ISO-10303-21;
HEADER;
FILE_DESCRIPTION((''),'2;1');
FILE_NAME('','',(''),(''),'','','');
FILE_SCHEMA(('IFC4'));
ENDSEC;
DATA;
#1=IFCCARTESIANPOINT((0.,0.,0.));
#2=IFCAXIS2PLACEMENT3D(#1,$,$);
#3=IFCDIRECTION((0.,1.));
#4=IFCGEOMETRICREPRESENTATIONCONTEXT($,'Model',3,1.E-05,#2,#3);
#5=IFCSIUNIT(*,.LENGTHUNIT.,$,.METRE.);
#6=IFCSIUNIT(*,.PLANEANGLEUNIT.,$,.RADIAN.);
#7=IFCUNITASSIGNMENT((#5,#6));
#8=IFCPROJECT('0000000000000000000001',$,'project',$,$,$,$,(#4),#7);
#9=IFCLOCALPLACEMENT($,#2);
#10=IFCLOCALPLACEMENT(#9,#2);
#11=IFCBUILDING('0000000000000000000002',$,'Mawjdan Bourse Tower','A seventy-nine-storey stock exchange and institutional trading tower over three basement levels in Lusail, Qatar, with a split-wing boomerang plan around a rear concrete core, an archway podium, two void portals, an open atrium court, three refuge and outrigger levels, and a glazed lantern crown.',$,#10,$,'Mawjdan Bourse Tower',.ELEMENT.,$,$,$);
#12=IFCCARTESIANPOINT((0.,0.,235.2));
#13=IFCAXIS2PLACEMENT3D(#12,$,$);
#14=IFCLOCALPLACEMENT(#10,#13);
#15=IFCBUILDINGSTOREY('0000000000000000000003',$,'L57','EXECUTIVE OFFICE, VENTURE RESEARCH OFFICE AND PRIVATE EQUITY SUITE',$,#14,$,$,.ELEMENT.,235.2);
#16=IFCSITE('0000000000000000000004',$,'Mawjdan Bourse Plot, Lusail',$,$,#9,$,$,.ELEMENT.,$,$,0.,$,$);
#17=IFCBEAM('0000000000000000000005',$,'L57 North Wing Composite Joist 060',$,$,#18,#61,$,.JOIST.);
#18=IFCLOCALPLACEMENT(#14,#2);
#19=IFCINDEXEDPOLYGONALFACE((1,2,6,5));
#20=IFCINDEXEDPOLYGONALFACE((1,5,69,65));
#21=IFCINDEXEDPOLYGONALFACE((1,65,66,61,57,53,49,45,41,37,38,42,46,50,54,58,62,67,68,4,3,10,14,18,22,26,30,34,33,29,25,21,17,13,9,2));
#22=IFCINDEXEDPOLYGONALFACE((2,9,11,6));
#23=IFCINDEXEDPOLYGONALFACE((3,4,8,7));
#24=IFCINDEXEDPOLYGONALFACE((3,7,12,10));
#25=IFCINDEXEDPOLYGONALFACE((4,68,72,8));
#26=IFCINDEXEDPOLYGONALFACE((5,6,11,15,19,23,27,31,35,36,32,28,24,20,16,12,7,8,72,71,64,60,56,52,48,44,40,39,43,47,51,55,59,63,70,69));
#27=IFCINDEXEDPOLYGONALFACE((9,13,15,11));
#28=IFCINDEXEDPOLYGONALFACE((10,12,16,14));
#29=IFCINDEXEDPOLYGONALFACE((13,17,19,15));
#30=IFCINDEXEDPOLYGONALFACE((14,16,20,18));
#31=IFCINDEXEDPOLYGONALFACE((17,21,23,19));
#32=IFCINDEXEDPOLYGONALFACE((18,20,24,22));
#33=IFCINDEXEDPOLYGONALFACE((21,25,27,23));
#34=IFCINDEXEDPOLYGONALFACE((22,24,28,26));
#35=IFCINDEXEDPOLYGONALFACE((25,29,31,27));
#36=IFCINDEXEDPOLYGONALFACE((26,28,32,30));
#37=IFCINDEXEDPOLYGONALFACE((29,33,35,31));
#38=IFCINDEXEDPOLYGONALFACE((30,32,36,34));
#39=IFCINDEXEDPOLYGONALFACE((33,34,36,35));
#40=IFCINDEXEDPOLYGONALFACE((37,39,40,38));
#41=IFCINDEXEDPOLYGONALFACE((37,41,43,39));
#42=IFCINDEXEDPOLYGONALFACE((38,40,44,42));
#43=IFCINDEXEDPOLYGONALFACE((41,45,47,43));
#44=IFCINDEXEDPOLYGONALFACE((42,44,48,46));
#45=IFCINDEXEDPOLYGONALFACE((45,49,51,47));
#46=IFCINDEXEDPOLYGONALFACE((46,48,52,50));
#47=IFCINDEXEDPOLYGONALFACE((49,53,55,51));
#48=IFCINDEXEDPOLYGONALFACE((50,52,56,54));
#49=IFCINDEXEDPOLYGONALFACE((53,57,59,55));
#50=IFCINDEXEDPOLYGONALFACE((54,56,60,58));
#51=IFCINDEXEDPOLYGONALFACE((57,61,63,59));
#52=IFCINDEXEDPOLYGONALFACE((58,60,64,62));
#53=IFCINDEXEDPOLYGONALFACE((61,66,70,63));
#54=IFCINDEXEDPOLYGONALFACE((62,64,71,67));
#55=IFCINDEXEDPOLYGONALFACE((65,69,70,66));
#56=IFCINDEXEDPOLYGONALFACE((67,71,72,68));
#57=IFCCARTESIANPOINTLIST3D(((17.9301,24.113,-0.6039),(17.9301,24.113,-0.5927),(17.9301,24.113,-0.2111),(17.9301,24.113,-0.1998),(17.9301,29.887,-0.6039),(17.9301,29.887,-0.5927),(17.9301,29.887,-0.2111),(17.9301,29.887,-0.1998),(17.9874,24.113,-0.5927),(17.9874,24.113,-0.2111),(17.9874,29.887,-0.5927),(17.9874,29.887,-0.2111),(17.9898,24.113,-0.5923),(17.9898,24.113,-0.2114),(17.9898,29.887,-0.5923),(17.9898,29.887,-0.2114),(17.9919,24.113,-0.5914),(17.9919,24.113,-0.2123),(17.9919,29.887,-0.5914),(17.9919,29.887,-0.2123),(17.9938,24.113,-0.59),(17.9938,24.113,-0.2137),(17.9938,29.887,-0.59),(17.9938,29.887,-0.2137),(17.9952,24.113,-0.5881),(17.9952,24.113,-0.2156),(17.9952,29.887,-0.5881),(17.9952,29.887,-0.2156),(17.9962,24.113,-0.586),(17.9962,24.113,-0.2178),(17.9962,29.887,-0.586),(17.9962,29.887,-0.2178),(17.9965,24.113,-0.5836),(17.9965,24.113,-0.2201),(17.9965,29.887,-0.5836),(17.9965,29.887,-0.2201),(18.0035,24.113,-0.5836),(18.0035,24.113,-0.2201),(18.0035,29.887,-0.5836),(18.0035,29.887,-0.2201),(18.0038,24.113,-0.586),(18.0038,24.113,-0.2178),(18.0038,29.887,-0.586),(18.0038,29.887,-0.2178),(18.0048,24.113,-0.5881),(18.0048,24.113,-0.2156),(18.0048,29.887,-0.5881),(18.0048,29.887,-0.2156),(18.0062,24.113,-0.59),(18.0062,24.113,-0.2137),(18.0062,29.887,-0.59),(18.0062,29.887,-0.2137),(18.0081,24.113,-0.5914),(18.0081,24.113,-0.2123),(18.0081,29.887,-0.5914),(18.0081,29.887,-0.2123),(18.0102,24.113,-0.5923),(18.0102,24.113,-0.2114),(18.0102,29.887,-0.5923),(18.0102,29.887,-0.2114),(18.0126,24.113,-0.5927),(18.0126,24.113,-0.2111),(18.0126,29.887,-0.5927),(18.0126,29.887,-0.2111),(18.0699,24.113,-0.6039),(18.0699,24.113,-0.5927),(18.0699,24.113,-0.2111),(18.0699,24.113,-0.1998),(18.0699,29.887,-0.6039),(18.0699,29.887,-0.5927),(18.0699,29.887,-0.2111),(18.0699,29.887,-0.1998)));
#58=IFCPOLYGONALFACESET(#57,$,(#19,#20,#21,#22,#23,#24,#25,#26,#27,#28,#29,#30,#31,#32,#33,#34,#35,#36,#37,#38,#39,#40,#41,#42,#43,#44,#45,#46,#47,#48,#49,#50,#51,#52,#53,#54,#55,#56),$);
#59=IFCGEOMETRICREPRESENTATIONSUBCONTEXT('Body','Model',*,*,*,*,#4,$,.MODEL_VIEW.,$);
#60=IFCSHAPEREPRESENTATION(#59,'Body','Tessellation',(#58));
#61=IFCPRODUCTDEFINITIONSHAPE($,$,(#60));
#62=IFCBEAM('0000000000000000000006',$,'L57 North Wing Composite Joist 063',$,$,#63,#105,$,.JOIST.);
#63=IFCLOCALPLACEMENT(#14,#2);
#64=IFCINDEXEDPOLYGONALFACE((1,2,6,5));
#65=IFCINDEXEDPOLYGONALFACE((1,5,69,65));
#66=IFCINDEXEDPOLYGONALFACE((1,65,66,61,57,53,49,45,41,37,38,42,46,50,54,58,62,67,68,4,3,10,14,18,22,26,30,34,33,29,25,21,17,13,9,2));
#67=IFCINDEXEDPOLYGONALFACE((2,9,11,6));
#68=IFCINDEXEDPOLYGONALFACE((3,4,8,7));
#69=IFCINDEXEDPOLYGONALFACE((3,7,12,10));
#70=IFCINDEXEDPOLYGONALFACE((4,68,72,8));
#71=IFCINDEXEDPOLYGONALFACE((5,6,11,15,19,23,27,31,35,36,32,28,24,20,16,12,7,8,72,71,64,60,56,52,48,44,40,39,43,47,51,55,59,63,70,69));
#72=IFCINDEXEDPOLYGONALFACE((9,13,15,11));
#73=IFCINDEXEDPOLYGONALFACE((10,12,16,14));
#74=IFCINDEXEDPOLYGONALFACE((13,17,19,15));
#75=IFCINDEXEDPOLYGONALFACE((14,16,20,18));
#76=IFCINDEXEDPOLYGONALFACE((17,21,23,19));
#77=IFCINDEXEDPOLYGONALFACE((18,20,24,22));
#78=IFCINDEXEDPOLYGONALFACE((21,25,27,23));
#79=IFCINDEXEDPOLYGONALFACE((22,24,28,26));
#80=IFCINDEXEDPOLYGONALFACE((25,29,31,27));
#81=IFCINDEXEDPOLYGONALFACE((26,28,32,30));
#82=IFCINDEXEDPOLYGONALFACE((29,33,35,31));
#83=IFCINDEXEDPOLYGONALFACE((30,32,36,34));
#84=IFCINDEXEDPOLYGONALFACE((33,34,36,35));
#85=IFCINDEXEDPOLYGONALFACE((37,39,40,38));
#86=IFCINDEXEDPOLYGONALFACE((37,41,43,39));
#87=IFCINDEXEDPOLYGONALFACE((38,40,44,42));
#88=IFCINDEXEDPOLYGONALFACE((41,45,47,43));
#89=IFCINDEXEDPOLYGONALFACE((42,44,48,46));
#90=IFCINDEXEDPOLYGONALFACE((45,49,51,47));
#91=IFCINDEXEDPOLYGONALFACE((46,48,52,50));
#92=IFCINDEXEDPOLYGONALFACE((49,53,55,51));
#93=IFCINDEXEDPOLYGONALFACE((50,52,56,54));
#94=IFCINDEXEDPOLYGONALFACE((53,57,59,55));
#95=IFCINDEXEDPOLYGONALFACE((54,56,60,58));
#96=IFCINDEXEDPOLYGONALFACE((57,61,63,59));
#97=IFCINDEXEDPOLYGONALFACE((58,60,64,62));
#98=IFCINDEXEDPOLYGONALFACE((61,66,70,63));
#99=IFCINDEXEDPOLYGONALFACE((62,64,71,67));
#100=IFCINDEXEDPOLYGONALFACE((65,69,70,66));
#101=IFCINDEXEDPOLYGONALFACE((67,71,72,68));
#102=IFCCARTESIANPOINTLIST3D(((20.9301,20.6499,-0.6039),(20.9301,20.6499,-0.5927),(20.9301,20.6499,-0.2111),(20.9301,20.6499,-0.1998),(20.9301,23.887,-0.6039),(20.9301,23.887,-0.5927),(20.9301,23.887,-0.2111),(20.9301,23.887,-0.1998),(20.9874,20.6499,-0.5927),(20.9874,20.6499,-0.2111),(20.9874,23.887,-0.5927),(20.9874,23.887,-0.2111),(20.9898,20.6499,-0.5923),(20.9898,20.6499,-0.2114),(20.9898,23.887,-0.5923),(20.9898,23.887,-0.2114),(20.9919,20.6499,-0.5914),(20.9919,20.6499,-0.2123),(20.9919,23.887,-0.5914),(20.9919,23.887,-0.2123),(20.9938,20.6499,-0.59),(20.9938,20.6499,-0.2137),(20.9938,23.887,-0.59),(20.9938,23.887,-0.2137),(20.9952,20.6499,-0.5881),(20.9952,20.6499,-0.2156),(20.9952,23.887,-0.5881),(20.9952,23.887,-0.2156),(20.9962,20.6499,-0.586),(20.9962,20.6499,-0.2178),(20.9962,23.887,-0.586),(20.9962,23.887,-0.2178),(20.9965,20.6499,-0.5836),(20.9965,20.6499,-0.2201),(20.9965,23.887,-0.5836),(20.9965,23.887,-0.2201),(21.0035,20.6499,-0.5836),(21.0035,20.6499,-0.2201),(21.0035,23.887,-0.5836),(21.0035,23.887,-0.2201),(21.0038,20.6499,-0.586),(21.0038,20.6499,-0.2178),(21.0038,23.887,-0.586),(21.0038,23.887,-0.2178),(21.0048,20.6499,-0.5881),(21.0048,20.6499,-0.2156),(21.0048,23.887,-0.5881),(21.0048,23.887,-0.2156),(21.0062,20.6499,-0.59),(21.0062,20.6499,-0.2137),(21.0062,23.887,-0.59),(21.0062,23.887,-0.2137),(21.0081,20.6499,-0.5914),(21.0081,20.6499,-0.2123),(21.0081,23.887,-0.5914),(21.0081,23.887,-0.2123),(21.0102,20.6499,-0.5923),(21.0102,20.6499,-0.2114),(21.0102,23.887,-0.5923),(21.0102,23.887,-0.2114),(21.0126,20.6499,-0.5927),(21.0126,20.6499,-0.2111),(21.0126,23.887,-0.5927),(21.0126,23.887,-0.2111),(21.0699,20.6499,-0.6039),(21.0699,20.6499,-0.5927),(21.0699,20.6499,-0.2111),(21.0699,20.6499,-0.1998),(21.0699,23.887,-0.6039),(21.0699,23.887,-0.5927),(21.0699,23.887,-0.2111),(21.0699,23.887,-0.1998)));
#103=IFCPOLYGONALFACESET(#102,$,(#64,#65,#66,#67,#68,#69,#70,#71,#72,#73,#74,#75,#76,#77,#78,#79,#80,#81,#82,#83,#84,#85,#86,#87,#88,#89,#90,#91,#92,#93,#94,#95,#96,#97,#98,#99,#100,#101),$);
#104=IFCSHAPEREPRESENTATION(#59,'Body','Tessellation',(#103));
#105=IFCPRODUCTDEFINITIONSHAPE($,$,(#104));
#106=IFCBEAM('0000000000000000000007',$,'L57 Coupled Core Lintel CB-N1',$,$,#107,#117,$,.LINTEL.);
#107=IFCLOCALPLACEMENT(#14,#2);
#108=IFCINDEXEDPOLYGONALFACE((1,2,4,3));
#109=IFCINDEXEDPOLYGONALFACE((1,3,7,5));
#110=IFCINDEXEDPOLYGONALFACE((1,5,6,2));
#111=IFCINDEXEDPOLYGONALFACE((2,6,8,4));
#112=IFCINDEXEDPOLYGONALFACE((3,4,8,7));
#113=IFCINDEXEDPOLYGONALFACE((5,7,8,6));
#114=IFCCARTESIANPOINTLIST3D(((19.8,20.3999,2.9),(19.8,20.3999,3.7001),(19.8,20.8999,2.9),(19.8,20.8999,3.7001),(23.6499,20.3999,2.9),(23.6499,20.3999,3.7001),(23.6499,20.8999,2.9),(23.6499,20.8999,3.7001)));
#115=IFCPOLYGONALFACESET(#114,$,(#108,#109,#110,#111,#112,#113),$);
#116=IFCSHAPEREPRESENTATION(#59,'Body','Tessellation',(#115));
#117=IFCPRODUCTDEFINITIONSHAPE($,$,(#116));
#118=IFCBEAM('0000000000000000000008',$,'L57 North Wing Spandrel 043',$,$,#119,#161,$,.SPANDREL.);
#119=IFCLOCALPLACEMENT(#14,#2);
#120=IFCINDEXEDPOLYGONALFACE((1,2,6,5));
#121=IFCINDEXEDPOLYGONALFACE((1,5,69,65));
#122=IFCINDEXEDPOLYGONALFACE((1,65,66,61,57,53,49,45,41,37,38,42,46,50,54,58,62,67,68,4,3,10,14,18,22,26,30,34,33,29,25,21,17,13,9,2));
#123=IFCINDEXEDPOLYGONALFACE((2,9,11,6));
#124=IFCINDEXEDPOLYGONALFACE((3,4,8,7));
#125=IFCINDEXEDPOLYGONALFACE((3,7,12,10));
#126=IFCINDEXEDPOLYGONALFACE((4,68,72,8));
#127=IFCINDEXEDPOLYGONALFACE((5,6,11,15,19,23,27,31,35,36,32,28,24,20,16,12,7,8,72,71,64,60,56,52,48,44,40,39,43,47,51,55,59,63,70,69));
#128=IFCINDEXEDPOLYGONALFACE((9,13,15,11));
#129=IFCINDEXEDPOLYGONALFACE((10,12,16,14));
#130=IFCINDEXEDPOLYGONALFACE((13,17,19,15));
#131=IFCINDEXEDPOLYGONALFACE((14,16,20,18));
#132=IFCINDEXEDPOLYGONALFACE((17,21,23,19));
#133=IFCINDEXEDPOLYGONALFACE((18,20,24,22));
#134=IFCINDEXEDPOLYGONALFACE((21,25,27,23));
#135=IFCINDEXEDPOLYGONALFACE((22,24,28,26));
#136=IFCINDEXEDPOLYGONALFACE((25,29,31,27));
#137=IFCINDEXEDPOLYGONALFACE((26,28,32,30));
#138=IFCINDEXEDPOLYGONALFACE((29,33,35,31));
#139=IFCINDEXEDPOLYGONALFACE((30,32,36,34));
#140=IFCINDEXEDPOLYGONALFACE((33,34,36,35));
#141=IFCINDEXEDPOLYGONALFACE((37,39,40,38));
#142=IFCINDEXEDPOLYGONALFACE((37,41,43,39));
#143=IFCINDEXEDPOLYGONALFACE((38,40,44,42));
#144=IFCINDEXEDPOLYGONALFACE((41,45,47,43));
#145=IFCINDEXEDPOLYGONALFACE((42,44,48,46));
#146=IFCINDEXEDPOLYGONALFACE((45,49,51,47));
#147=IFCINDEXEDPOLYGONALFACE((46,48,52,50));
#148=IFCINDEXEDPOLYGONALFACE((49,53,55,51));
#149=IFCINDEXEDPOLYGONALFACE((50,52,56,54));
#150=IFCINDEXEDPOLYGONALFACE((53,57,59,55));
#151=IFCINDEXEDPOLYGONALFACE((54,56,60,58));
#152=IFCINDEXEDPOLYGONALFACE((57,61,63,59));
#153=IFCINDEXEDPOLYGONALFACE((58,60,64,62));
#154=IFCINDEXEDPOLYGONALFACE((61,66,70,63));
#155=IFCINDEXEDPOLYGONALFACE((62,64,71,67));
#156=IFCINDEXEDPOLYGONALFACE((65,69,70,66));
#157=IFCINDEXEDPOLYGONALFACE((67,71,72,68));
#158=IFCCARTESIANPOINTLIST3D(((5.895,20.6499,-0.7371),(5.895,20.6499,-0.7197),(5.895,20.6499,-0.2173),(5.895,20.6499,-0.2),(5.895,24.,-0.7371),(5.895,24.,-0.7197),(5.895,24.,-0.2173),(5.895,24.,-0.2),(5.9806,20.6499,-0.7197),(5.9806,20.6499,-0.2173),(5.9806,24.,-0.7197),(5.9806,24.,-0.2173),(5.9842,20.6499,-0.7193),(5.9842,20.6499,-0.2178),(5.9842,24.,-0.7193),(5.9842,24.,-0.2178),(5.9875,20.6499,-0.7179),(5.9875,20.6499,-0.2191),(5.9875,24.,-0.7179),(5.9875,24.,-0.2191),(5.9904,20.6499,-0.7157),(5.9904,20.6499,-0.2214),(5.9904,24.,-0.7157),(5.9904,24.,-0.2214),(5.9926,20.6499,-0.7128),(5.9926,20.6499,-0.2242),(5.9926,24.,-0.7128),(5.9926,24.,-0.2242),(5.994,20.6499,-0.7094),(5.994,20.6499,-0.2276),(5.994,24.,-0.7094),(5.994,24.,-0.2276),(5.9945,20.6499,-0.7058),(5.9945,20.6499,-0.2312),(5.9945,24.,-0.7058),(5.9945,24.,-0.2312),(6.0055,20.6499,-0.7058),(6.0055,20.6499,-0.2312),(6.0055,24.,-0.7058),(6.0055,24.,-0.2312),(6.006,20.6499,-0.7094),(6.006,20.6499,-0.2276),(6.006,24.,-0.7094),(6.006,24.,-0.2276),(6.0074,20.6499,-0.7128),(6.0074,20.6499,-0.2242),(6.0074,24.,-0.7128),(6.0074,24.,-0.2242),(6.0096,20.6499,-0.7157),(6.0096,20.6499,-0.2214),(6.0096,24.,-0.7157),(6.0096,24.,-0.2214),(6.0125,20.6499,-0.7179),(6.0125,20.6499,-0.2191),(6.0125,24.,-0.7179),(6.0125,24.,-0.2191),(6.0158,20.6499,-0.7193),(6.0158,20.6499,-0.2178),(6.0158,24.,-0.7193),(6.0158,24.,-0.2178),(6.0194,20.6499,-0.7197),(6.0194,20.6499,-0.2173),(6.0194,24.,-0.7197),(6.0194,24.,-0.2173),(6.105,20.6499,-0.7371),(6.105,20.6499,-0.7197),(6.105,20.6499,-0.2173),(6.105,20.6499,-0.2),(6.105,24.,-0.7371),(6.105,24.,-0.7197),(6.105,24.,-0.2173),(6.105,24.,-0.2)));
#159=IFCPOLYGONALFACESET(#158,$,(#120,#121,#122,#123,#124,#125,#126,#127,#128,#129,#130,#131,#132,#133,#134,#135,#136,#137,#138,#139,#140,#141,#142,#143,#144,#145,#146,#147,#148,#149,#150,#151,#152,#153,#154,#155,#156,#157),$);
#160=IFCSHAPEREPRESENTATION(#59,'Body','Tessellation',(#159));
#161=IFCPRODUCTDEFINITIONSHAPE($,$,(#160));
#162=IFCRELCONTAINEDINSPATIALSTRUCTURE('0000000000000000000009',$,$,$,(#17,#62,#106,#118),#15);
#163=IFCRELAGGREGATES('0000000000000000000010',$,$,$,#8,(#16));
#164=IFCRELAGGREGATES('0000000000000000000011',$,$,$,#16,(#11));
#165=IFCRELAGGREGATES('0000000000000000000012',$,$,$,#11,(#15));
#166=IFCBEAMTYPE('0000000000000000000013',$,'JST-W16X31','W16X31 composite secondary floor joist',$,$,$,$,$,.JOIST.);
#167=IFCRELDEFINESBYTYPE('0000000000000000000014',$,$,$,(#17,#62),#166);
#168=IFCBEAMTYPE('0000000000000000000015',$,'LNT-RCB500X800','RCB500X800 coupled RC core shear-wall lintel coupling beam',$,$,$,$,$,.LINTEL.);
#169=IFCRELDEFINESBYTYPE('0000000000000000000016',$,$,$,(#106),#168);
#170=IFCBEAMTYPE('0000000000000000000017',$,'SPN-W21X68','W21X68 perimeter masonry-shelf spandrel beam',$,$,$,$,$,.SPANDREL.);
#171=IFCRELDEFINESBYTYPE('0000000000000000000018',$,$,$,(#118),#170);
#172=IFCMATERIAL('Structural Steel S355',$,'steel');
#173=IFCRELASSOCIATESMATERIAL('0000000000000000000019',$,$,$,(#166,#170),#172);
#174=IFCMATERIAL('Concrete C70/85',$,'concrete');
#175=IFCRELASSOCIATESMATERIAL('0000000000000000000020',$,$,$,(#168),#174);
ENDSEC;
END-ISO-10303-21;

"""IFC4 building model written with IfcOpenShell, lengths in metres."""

from ifc_helpers import new_model, si_unit, direction, frame, origin, origin_2d, place, context, subcontext, project, spatial, rectangle, i_section, extrude, material, material_profile, profile_set, type_object, element, save


model = new_model("IFC4")

# Units and contexts
model_context = context("Model", 3, precision=1e-05, world=origin(), true_north=direction((0.0, 1.0)))
body_context = subcontext(model_context, "Body", "Model", "MODEL_VIEW")
ifc_project = project(units=[si_unit("LENGTHUNIT", "METRE"), si_unit("PLANEANGLEUNIT", "RADIAN")], contexts=[model_context])

# Site, building, storey
site_placement = place(None, origin())
site = spatial("IfcSite", under=ifc_project, at=site_placement, Name="Mawjdan Bourse Plot, Lusail", CompositionType="ELEMENT", RefElevation=0.0)
building_placement = place(site_placement, origin())
building = spatial("IfcBuilding", under=site, at=building_placement, Name="Mawjdan Bourse Tower", Description="A seventy-nine-storey stock exchange and institutional trading tower over three basement levels in Lusail, Qatar, with a split-wing boomerang plan around a rear concrete core, an archway podium, two void portals, an open atrium court, three refuge and outrigger levels, and a glazed lantern crown.", LongName="Mawjdan Bourse Tower", CompositionType="ELEMENT")
storey_placement = place(building_placement, frame((0.0, 0.0, 235.2)))
storey = spatial("IfcBuildingStorey", under=building, at=storey_placement, Name="L57", Description="EXECUTIVE OFFICE, VENTURE RESEARCH OFFICE AND PRIVATE EQUITY SUITE", CompositionType="ELEMENT", Elevation=235.2)

# Beams
ifc_material_1 = material(Name="Structural Steel S355", Category="steel")
ifc_material_profile_1 = material_profile(ifc_material_1, i_section(OverallWidth=0.1399, OverallDepth=0.4041, WebThickness=0.0071, FlangeThickness=0.0112, FilletRadius=0.009, at=origin_2d()), Name="W16X31")
ifc_profile_set_1 = profile_set([ifc_material_profile_1], Name="Structural Steel S355")
beam_type_1 = type_object("IfcBeamType", Name="JST-W16X31", Description="W16X31 composite secondary floor joist", PredefinedType="JOIST", material=ifc_profile_set_1)
beam_1_placement = place(storey_placement, frame((18.0, 24.113, -0.4019), z_axis=(0.0, 1.0, 0.0), x_axis=(-1.0, 0.0, 0.0)))
element("IfcBeam", 1, at=beam_1_placement, inside=storey, type_object=beam_type_1, Name="L57 North Wing Composite Joist 060", PredefinedType="JOIST", context=body_context, shape_type="SweptSolid", body=[
    extrude(i_section(OverallWidth=0.1399, OverallDepth=0.4041, WebThickness=0.0071, FlangeThickness=0.0112, FilletRadius=0.009, at=origin_2d()), origin(), (0.0, 0.0, 1.0), 5.7739),
])
beam_2_placement = place(storey_placement, frame((21.0, 20.6499, -0.4019), z_axis=(0.0, 1.0, 0.0), x_axis=(-1.0, 0.0, 0.0)))
element("IfcBeam", 2, at=beam_2_placement, inside=storey, type_object=beam_type_1, Name="L57 North Wing Composite Joist 063", PredefinedType="JOIST", context=body_context, shape_type="SweptSolid", body=[
    extrude(i_section(OverallWidth=0.1399, OverallDepth=0.4041, WebThickness=0.0071, FlangeThickness=0.0112, FilletRadius=0.009, at=origin_2d()), origin(), (0.0, 0.0, 1.0), 3.2371),
])
ifc_material_2 = material(Name="Concrete C70/85", Category="concrete")
ifc_material_profile_2 = material_profile(ifc_material_2, rectangle(XDim=0.5, YDim=0.8, at=origin_2d()), Name="RCB500X800")
ifc_profile_set_2 = profile_set([ifc_material_profile_2], Name="Concrete C70/85")
beam_type_2 = type_object("IfcBeamType", Name="LNT-RCB500X800", Description="RCB500X800 coupled RC core shear-wall lintel coupling beam", PredefinedType="LINTEL", material=ifc_profile_set_2)
beam_3_placement = place(storey_placement, frame((19.8, 20.6499, 3.3), z_axis=(1.0, 0.0, 0.0), x_axis=(0.0, 1.0, 0.0)))
element("IfcBeam", 3, at=beam_3_placement, inside=storey, type_object=beam_type_2, Name="L57 Coupled Core Lintel CB-N1", PredefinedType="LINTEL", context=body_context, shape_type="SweptSolid", body=[
    extrude(rectangle(XDim=0.5, YDim=0.8, at=origin_2d()), origin(), (0.0, 0.0, 1.0), 3.8499),
])
ifc_material_profile_3 = material_profile(ifc_material_1, i_section(OverallWidth=0.21, OverallDepth=0.5371, WebThickness=0.011, FlangeThickness=0.0173, FilletRadius=0.0139, at=origin_2d()), Name="W21X68")
ifc_profile_set_3 = profile_set([ifc_material_profile_3], Name="Structural Steel S355")
beam_type_3 = type_object("IfcBeamType", Name="SPN-W21X68", Description="W21X68 perimeter masonry-shelf spandrel beam", PredefinedType="SPANDREL", material=ifc_profile_set_3)
beam_4_placement = place(storey_placement, frame((6.0, 20.6499, -0.4685), z_axis=(0.0, 1.0, 0.0), x_axis=(-1.0, 0.0, 0.0)))
element("IfcBeam", 4, at=beam_4_placement, inside=storey, type_object=beam_type_3, Name="L57 North Wing Spandrel 043", PredefinedType="SPANDREL", context=body_context, shape_type="SweptSolid", body=[
    extrude(i_section(OverallWidth=0.21, OverallDepth=0.5371, WebThickness=0.011, FlangeThickness=0.0173, FilletRadius=0.0139, at=origin_2d()), origin(), (0.0, 0.0, 1.0), 3.3501),
])

save(model, "model.ifc")
